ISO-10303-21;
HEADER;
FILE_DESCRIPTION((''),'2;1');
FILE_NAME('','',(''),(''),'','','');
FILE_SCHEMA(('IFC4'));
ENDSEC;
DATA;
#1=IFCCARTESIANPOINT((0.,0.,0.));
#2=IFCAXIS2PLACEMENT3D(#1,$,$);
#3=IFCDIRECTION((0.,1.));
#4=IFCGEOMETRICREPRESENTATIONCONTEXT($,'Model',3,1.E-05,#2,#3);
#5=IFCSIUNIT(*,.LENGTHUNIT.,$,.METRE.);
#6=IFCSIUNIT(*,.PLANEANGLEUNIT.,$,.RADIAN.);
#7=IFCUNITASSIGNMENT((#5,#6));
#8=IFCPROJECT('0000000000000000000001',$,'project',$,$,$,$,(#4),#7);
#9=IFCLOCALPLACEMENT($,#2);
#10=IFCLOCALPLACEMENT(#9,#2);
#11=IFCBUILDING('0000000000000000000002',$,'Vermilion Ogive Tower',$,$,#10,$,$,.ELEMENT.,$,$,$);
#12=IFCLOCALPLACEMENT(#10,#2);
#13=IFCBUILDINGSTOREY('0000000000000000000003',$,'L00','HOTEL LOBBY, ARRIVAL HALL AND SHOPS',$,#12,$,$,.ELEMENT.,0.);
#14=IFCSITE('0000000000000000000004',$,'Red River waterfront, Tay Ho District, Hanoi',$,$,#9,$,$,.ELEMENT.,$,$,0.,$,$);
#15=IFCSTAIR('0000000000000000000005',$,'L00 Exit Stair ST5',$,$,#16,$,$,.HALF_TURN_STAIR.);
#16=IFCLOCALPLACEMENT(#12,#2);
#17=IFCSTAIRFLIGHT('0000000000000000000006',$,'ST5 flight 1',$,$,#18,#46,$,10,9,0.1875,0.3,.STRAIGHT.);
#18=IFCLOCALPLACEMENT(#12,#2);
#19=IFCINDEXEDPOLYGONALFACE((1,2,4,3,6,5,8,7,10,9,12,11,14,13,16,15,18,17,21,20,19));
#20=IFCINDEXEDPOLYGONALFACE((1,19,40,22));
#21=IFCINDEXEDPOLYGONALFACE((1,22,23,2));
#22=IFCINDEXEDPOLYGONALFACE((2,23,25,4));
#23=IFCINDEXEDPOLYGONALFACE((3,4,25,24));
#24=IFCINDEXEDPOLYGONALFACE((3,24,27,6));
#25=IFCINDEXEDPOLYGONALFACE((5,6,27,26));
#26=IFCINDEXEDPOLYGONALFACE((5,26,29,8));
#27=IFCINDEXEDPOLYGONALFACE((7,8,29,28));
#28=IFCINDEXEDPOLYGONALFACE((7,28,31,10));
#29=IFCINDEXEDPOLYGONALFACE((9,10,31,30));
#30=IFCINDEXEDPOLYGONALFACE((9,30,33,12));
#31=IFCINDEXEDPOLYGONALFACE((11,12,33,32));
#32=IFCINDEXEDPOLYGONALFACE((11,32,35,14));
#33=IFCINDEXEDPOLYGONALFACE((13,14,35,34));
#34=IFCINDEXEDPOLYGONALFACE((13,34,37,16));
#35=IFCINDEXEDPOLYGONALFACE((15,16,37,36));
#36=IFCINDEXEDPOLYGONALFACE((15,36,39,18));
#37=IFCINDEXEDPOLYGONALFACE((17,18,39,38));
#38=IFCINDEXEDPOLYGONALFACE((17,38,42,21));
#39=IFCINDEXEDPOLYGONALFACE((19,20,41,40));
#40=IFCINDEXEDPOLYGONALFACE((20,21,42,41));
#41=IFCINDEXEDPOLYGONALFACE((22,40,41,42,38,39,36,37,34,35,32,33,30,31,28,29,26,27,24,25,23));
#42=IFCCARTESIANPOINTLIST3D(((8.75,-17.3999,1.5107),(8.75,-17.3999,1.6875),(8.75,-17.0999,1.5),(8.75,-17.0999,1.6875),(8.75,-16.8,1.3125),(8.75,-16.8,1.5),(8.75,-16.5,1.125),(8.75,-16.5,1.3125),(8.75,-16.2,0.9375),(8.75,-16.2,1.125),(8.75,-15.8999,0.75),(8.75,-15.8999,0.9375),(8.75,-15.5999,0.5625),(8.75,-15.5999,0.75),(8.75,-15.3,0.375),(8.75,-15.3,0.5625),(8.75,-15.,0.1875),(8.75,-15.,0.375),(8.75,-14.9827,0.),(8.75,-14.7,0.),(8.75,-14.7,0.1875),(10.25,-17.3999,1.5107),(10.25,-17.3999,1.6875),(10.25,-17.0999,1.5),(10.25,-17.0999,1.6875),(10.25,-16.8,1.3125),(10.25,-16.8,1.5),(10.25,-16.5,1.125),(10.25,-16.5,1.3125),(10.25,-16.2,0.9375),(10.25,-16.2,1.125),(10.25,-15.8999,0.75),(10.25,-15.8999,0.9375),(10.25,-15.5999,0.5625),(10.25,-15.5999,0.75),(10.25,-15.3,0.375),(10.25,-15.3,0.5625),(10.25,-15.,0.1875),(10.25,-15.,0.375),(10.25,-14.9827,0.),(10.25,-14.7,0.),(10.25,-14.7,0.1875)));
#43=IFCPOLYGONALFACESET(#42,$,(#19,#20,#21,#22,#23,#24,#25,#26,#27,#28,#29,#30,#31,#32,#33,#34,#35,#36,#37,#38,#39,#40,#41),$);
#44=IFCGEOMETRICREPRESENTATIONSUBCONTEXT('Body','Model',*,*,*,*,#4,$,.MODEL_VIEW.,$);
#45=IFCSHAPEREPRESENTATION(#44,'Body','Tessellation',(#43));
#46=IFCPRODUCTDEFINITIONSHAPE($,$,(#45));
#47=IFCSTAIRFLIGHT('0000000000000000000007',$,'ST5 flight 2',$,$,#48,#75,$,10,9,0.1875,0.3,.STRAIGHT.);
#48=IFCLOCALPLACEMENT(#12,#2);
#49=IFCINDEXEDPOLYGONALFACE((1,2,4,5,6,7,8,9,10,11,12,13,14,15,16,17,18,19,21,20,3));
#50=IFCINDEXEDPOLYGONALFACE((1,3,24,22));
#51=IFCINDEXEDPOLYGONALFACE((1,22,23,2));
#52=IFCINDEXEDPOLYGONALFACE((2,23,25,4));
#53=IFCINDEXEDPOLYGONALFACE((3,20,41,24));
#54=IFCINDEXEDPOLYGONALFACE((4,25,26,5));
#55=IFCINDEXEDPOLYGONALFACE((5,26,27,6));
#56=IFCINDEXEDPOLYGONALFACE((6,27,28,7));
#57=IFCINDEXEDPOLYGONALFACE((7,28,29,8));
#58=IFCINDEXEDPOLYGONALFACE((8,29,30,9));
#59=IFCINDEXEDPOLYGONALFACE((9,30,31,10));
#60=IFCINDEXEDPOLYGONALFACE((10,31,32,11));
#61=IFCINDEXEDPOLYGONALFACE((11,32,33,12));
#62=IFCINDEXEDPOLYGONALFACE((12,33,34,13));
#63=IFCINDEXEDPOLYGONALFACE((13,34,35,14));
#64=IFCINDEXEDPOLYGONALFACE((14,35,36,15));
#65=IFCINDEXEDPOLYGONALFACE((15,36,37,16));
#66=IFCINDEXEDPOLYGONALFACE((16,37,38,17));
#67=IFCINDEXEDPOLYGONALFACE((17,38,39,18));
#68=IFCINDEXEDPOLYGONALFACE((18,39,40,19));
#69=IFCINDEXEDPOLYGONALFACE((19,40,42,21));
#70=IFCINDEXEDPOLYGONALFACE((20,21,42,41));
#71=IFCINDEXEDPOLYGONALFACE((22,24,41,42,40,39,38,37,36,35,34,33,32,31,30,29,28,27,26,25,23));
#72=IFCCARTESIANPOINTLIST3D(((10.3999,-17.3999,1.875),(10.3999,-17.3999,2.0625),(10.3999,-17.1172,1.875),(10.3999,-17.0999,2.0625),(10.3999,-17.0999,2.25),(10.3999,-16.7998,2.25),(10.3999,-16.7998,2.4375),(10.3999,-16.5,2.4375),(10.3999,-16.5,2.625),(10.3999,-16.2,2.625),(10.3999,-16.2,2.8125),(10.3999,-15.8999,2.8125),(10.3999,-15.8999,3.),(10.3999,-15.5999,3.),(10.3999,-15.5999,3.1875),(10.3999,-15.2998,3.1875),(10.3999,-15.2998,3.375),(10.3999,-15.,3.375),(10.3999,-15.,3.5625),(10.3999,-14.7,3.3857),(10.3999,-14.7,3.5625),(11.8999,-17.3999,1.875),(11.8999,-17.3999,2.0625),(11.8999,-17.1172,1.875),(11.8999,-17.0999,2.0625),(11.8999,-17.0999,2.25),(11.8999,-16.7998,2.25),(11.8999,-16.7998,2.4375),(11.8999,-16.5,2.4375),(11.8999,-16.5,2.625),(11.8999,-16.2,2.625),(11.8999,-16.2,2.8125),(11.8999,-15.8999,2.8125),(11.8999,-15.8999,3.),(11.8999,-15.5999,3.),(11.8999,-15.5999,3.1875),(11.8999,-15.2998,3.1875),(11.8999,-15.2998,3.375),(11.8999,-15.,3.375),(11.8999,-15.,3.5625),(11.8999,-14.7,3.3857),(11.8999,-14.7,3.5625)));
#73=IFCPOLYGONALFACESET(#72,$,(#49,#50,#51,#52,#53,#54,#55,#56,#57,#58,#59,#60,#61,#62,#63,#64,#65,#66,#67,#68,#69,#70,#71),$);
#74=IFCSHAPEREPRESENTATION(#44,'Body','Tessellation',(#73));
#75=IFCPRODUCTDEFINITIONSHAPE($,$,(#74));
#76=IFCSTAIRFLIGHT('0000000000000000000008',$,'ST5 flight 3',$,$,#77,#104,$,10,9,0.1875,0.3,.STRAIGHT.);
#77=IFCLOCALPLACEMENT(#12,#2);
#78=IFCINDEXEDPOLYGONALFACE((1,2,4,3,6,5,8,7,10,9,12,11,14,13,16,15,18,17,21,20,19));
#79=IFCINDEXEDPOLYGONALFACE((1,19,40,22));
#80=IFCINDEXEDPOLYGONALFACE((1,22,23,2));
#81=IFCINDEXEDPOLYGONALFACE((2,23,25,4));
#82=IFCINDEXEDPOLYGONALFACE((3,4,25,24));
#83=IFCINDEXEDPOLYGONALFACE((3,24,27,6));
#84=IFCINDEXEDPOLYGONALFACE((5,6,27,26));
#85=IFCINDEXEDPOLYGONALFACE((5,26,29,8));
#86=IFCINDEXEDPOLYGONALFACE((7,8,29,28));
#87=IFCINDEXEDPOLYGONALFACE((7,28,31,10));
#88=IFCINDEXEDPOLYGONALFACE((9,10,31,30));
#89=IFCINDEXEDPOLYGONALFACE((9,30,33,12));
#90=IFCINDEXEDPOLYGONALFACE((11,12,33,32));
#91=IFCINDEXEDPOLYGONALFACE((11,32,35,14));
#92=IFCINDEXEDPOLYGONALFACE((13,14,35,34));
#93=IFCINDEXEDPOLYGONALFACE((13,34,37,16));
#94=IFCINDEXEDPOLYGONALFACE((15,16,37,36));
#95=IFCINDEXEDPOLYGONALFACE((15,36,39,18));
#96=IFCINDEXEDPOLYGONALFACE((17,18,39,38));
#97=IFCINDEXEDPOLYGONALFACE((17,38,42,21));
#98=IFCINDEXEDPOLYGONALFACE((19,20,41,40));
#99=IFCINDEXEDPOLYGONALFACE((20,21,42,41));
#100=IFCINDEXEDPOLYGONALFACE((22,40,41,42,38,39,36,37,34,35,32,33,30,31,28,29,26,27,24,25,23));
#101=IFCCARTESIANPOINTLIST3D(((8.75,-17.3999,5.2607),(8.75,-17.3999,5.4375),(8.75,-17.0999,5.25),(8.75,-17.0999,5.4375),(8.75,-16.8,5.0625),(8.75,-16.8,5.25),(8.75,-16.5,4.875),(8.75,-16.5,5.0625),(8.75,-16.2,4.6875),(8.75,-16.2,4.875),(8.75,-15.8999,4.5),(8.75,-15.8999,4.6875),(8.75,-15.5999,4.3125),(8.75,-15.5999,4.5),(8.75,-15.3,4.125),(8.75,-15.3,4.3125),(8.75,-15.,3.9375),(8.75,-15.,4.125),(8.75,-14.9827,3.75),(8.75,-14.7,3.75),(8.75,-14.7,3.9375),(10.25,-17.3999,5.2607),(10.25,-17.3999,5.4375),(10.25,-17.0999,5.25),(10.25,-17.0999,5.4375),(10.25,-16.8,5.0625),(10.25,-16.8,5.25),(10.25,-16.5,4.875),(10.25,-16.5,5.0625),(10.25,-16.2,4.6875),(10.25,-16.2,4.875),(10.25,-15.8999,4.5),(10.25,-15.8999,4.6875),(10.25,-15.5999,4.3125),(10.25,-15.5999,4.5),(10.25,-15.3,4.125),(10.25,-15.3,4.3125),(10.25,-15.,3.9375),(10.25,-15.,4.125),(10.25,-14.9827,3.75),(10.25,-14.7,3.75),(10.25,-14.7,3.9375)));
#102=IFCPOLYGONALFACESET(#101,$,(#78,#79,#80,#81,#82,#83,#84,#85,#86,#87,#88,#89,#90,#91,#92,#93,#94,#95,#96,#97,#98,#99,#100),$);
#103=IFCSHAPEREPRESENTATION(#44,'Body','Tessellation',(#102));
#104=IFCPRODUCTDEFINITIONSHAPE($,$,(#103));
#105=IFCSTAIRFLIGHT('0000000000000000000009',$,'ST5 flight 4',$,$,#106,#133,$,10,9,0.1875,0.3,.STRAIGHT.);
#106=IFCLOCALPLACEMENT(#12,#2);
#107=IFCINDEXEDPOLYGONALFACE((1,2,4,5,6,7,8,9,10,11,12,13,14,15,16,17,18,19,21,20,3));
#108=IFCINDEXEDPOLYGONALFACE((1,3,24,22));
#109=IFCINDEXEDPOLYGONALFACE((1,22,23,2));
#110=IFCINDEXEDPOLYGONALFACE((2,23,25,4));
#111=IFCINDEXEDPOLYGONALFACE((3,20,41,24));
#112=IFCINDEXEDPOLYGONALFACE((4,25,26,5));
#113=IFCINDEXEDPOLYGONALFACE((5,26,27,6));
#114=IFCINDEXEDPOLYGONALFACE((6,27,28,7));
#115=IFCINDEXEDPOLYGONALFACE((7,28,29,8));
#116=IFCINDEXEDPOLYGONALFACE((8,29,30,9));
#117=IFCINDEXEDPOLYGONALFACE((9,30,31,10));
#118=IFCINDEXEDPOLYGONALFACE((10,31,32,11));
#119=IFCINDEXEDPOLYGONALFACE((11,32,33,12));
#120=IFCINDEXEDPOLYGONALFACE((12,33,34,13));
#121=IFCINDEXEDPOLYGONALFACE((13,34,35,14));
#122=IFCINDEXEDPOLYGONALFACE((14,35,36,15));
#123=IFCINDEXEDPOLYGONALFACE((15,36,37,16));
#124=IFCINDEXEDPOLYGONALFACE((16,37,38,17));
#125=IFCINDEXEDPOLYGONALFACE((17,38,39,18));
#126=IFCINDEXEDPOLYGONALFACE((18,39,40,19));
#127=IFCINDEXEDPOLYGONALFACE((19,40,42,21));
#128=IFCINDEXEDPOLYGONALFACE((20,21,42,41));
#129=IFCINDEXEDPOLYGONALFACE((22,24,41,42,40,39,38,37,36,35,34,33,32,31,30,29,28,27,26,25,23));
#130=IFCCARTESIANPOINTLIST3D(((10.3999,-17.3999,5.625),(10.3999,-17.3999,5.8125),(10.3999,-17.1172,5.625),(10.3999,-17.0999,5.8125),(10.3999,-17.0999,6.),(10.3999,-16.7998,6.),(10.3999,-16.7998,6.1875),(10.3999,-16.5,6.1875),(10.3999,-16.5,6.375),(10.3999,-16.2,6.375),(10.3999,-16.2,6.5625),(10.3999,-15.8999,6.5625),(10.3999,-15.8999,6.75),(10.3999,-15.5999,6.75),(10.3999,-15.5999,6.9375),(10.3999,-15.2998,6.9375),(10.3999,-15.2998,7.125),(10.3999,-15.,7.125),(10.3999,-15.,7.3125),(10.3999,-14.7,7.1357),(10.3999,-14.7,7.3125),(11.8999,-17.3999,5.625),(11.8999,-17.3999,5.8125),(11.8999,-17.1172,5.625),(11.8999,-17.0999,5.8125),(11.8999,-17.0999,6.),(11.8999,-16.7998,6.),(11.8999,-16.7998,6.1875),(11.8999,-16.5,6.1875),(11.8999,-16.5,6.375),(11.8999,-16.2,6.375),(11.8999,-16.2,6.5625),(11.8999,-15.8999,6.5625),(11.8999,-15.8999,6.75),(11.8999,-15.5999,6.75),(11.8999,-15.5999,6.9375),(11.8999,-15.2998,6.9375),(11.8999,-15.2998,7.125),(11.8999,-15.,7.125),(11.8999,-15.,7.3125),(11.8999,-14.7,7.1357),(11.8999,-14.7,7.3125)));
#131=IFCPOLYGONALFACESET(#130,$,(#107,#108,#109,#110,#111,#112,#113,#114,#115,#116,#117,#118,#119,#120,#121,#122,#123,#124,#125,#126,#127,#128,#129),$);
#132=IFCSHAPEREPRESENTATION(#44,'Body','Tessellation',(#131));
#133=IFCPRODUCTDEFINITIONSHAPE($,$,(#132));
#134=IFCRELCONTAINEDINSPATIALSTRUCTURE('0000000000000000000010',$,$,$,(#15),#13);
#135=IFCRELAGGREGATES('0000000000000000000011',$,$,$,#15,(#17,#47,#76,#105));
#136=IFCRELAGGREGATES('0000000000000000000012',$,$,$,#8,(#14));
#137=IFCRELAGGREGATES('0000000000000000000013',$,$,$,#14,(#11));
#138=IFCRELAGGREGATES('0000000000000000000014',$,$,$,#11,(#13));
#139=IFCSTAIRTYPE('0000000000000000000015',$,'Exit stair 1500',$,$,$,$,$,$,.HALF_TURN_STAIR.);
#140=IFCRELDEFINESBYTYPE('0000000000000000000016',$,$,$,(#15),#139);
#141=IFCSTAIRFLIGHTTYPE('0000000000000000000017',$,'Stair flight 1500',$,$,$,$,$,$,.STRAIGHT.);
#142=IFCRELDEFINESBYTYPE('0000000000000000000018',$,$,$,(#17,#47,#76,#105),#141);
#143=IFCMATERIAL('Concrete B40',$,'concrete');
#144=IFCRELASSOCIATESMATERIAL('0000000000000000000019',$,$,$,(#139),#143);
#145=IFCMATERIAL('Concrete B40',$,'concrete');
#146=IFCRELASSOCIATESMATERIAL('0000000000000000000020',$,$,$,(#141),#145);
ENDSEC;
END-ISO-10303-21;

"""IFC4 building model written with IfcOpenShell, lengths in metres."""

from ifc_helpers import new_model, si_unit, direction, frame, origin, place, context, subcontext, project, spatial, polyline, outline, extrude, material, type_object, element, aggregate, save


model = new_model("IFC4")

# Units and contexts
model_context = context("Model", 3, precision=1e-05, world=origin(), true_north=direction((0.0, 1.0)))
body_context = subcontext(model_context, "Body", "Model", "MODEL_VIEW")
ifc_project = project(units=[si_unit("LENGTHUNIT", "METRE"), si_unit("PLANEANGLEUNIT", "RADIAN")], contexts=[model_context])

# Site, building, storey
site_placement = place(None, origin())
site = spatial("IfcSite", under=ifc_project, at=site_placement, Name="Red River waterfront, Tay Ho District, Hanoi", CompositionType="ELEMENT", RefElevation=0.0)
building_placement = place(site_placement, origin())
building = spatial("IfcBuilding", under=site, at=building_placement, Name="Vermilion Ogive Tower", CompositionType="ELEMENT")
storey_placement = place(building_placement, origin())
storey = spatial("IfcBuildingStorey", under=building, at=storey_placement, Name="L00", Description="HOTEL LOBBY, ARRIVAL HALL AND SHOPS", CompositionType="ELEMENT", Elevation=0.0)

# Stair, stair flights
ifc_material_1 = material(Name="Concrete B40", Category="concrete")
stair_type = type_object("IfcStairType", Name="Exit stair 1500", PredefinedType="HALF_TURN_STAIR", material=ifc_material_1)
stair_placement = place(storey_placement, origin())
stair = element("IfcStair", 1, at=stair_placement, inside=storey, type_object=stair_type, Name="L00 Exit Stair ST5", PredefinedType="HALF_TURN_STAIR")
ifc_material_2 = material(Name="Concrete B40", Category="concrete")
stair_flight_type = type_object("IfcStairFlightType", Name="Stair flight 1500", PredefinedType="STRAIGHT", material=ifc_material_2)
stair_flight_1_placement = place(storey_placement, frame((9.5, -14.7, 0.0), z_axis=(0.0, 0.0, 1.0), x_axis=(0.0, -1.0, 0.0)))
stair_flight_1 = element("IfcStairFlight", 2, at=stair_flight_1_placement, type_object=stair_flight_type, Name="ST5 flight 1", NumberOfRisers=10, NumberOfTreads=9, PredefinedType="STRAIGHT", RiserHeight=0.1875, TreadLength=0.3, context=body_context, shape_type="SweptSolid", body=[
    extrude(outline(polyline([(0.0, 0.0), (0.0, 0.1875), (0.3, 0.1875), (0.3, 0.375), (0.6001, 0.375), (0.6001, 0.5625), (0.8999, 0.5625), (0.8999, 0.75), (1.2, 0.75), (1.2, 0.9375), (1.5, 0.9375), (1.5, 1.125), (1.8, 1.125), (1.8, 1.3125), (2.1001, 1.3125), (2.1001, 1.5), (2.3999, 1.5), (2.3999, 1.6875), (2.7, 1.6875), (2.7, 1.875), (2.7, 1.5107), (0.2827, 0.0), (0.0, 0.0)])), frame((0.0, 0.75, 0.0), z_axis=(0.0, -1.0, 0.0), x_axis=(1.0, 0.0, 0.0)), (0.0, 0.0, 1.0), 1.5),
])
stair_flight_2_placement = place(storey_placement, frame((11.1499, -17.3999, 1.875), z_axis=(0.0, 0.0, 1.0), x_axis=(0.0, 1.0, 0.0)))
stair_flight_2 = element("IfcStairFlight", 3, at=stair_flight_2_placement, type_object=stair_flight_type, Name="ST5 flight 2", NumberOfRisers=10, NumberOfTreads=9, PredefinedType="STRAIGHT", RiserHeight=0.1875, TreadLength=0.3, context=body_context, shape_type="SweptSolid", body=[
    extrude(outline(polyline([(0.0, 0.0), (0.0, 0.1875), (0.3, 0.1875), (0.3, 0.375), (0.6001, 0.375), (0.6001, 0.5625), (0.8999, 0.5625), (0.8999, 0.75), (1.2, 0.75), (1.2, 0.9375), (1.5, 0.9375), (1.5, 1.125), (1.8, 1.125), (1.8, 1.3125), (2.1001, 1.3125), (2.1001, 1.5), (2.3999, 1.5), (2.3999, 1.6875), (2.7, 1.6875), (2.7, 1.875), (2.7, 1.5107), (0.2827, 0.0), (0.0, 0.0)])), frame((0.0, 0.75, 0.0), z_axis=(0.0, -1.0, 0.0), x_axis=(1.0, 0.0, 0.0)), (0.0, 0.0, 1.0), 1.5),
])
stair_flight_3_placement = place(storey_placement, frame((9.5, -14.7, 3.75), z_axis=(0.0, 0.0, 1.0), x_axis=(0.0, -1.0, 0.0)))
stair_flight_3 = element("IfcStairFlight", 4, at=stair_flight_3_placement, type_object=stair_flight_type, Name="ST5 flight 3", NumberOfRisers=10, NumberOfTreads=9, PredefinedType="STRAIGHT", RiserHeight=0.1875, TreadLength=0.3, context=body_context, shape_type="SweptSolid", body=[
    extrude(outline(polyline([(0.0, 0.0), (0.0, 0.1875), (0.3, 0.1875), (0.3, 0.375), (0.6001, 0.375), (0.6001, 0.5625), (0.8999, 0.5625), (0.8999, 0.75), (1.2, 0.75), (1.2, 0.9375), (1.5, 0.9375), (1.5, 1.125), (1.8, 1.125), (1.8, 1.3125), (2.1001, 1.3125), (2.1001, 1.5), (2.3999, 1.5), (2.3999, 1.6875), (2.7, 1.6875), (2.7, 1.875), (2.7, 1.5107), (0.2827, 0.0), (0.0, 0.0)])), frame((0.0, 0.75, 0.0), z_axis=(0.0, -1.0, 0.0), x_axis=(1.0, 0.0, 0.0)), (0.0, 0.0, 1.0), 1.5),
])
stair_flight_4_placement = place(storey_placement, frame((11.1499, -17.3999, 5.625), z_axis=(0.0, 0.0, 1.0), x_axis=(0.0, 1.0, 0.0)))
stair_flight_4 = element("IfcStairFlight", 5, at=stair_flight_4_placement, type_object=stair_flight_type, Name="ST5 flight 4", NumberOfRisers=10, NumberOfTreads=9, PredefinedType="STRAIGHT", RiserHeight=0.1875, TreadLength=0.3, context=body_context, shape_type="SweptSolid", body=[
    extrude(outline(polyline([(0.0, 0.0), (0.0, 0.1875), (0.3, 0.1875), (0.3, 0.375), (0.6001, 0.375), (0.6001, 0.5625), (0.8999, 0.5625), (0.8999, 0.75), (1.2, 0.75), (1.2, 0.9375), (1.5, 0.9375), (1.5, 1.125), (1.8, 1.125), (1.8, 1.3125), (2.1001, 1.3125), (2.1001, 1.5), (2.3999, 1.5), (2.3999, 1.6875), (2.7, 1.6875), (2.7, 1.875), (2.7, 1.5107), (0.2827, 0.0), (0.0, 0.0)])), frame((0.0, 0.75, 0.0), z_axis=(0.0, -1.0, 0.0), x_axis=(1.0, 0.0, 0.0)), (0.0, 0.0, 1.0), 1.5),
])
aggregate(stair, [stair_flight_1, stair_flight_2, stair_flight_3, stair_flight_4])

save(model, "model.ifc")
